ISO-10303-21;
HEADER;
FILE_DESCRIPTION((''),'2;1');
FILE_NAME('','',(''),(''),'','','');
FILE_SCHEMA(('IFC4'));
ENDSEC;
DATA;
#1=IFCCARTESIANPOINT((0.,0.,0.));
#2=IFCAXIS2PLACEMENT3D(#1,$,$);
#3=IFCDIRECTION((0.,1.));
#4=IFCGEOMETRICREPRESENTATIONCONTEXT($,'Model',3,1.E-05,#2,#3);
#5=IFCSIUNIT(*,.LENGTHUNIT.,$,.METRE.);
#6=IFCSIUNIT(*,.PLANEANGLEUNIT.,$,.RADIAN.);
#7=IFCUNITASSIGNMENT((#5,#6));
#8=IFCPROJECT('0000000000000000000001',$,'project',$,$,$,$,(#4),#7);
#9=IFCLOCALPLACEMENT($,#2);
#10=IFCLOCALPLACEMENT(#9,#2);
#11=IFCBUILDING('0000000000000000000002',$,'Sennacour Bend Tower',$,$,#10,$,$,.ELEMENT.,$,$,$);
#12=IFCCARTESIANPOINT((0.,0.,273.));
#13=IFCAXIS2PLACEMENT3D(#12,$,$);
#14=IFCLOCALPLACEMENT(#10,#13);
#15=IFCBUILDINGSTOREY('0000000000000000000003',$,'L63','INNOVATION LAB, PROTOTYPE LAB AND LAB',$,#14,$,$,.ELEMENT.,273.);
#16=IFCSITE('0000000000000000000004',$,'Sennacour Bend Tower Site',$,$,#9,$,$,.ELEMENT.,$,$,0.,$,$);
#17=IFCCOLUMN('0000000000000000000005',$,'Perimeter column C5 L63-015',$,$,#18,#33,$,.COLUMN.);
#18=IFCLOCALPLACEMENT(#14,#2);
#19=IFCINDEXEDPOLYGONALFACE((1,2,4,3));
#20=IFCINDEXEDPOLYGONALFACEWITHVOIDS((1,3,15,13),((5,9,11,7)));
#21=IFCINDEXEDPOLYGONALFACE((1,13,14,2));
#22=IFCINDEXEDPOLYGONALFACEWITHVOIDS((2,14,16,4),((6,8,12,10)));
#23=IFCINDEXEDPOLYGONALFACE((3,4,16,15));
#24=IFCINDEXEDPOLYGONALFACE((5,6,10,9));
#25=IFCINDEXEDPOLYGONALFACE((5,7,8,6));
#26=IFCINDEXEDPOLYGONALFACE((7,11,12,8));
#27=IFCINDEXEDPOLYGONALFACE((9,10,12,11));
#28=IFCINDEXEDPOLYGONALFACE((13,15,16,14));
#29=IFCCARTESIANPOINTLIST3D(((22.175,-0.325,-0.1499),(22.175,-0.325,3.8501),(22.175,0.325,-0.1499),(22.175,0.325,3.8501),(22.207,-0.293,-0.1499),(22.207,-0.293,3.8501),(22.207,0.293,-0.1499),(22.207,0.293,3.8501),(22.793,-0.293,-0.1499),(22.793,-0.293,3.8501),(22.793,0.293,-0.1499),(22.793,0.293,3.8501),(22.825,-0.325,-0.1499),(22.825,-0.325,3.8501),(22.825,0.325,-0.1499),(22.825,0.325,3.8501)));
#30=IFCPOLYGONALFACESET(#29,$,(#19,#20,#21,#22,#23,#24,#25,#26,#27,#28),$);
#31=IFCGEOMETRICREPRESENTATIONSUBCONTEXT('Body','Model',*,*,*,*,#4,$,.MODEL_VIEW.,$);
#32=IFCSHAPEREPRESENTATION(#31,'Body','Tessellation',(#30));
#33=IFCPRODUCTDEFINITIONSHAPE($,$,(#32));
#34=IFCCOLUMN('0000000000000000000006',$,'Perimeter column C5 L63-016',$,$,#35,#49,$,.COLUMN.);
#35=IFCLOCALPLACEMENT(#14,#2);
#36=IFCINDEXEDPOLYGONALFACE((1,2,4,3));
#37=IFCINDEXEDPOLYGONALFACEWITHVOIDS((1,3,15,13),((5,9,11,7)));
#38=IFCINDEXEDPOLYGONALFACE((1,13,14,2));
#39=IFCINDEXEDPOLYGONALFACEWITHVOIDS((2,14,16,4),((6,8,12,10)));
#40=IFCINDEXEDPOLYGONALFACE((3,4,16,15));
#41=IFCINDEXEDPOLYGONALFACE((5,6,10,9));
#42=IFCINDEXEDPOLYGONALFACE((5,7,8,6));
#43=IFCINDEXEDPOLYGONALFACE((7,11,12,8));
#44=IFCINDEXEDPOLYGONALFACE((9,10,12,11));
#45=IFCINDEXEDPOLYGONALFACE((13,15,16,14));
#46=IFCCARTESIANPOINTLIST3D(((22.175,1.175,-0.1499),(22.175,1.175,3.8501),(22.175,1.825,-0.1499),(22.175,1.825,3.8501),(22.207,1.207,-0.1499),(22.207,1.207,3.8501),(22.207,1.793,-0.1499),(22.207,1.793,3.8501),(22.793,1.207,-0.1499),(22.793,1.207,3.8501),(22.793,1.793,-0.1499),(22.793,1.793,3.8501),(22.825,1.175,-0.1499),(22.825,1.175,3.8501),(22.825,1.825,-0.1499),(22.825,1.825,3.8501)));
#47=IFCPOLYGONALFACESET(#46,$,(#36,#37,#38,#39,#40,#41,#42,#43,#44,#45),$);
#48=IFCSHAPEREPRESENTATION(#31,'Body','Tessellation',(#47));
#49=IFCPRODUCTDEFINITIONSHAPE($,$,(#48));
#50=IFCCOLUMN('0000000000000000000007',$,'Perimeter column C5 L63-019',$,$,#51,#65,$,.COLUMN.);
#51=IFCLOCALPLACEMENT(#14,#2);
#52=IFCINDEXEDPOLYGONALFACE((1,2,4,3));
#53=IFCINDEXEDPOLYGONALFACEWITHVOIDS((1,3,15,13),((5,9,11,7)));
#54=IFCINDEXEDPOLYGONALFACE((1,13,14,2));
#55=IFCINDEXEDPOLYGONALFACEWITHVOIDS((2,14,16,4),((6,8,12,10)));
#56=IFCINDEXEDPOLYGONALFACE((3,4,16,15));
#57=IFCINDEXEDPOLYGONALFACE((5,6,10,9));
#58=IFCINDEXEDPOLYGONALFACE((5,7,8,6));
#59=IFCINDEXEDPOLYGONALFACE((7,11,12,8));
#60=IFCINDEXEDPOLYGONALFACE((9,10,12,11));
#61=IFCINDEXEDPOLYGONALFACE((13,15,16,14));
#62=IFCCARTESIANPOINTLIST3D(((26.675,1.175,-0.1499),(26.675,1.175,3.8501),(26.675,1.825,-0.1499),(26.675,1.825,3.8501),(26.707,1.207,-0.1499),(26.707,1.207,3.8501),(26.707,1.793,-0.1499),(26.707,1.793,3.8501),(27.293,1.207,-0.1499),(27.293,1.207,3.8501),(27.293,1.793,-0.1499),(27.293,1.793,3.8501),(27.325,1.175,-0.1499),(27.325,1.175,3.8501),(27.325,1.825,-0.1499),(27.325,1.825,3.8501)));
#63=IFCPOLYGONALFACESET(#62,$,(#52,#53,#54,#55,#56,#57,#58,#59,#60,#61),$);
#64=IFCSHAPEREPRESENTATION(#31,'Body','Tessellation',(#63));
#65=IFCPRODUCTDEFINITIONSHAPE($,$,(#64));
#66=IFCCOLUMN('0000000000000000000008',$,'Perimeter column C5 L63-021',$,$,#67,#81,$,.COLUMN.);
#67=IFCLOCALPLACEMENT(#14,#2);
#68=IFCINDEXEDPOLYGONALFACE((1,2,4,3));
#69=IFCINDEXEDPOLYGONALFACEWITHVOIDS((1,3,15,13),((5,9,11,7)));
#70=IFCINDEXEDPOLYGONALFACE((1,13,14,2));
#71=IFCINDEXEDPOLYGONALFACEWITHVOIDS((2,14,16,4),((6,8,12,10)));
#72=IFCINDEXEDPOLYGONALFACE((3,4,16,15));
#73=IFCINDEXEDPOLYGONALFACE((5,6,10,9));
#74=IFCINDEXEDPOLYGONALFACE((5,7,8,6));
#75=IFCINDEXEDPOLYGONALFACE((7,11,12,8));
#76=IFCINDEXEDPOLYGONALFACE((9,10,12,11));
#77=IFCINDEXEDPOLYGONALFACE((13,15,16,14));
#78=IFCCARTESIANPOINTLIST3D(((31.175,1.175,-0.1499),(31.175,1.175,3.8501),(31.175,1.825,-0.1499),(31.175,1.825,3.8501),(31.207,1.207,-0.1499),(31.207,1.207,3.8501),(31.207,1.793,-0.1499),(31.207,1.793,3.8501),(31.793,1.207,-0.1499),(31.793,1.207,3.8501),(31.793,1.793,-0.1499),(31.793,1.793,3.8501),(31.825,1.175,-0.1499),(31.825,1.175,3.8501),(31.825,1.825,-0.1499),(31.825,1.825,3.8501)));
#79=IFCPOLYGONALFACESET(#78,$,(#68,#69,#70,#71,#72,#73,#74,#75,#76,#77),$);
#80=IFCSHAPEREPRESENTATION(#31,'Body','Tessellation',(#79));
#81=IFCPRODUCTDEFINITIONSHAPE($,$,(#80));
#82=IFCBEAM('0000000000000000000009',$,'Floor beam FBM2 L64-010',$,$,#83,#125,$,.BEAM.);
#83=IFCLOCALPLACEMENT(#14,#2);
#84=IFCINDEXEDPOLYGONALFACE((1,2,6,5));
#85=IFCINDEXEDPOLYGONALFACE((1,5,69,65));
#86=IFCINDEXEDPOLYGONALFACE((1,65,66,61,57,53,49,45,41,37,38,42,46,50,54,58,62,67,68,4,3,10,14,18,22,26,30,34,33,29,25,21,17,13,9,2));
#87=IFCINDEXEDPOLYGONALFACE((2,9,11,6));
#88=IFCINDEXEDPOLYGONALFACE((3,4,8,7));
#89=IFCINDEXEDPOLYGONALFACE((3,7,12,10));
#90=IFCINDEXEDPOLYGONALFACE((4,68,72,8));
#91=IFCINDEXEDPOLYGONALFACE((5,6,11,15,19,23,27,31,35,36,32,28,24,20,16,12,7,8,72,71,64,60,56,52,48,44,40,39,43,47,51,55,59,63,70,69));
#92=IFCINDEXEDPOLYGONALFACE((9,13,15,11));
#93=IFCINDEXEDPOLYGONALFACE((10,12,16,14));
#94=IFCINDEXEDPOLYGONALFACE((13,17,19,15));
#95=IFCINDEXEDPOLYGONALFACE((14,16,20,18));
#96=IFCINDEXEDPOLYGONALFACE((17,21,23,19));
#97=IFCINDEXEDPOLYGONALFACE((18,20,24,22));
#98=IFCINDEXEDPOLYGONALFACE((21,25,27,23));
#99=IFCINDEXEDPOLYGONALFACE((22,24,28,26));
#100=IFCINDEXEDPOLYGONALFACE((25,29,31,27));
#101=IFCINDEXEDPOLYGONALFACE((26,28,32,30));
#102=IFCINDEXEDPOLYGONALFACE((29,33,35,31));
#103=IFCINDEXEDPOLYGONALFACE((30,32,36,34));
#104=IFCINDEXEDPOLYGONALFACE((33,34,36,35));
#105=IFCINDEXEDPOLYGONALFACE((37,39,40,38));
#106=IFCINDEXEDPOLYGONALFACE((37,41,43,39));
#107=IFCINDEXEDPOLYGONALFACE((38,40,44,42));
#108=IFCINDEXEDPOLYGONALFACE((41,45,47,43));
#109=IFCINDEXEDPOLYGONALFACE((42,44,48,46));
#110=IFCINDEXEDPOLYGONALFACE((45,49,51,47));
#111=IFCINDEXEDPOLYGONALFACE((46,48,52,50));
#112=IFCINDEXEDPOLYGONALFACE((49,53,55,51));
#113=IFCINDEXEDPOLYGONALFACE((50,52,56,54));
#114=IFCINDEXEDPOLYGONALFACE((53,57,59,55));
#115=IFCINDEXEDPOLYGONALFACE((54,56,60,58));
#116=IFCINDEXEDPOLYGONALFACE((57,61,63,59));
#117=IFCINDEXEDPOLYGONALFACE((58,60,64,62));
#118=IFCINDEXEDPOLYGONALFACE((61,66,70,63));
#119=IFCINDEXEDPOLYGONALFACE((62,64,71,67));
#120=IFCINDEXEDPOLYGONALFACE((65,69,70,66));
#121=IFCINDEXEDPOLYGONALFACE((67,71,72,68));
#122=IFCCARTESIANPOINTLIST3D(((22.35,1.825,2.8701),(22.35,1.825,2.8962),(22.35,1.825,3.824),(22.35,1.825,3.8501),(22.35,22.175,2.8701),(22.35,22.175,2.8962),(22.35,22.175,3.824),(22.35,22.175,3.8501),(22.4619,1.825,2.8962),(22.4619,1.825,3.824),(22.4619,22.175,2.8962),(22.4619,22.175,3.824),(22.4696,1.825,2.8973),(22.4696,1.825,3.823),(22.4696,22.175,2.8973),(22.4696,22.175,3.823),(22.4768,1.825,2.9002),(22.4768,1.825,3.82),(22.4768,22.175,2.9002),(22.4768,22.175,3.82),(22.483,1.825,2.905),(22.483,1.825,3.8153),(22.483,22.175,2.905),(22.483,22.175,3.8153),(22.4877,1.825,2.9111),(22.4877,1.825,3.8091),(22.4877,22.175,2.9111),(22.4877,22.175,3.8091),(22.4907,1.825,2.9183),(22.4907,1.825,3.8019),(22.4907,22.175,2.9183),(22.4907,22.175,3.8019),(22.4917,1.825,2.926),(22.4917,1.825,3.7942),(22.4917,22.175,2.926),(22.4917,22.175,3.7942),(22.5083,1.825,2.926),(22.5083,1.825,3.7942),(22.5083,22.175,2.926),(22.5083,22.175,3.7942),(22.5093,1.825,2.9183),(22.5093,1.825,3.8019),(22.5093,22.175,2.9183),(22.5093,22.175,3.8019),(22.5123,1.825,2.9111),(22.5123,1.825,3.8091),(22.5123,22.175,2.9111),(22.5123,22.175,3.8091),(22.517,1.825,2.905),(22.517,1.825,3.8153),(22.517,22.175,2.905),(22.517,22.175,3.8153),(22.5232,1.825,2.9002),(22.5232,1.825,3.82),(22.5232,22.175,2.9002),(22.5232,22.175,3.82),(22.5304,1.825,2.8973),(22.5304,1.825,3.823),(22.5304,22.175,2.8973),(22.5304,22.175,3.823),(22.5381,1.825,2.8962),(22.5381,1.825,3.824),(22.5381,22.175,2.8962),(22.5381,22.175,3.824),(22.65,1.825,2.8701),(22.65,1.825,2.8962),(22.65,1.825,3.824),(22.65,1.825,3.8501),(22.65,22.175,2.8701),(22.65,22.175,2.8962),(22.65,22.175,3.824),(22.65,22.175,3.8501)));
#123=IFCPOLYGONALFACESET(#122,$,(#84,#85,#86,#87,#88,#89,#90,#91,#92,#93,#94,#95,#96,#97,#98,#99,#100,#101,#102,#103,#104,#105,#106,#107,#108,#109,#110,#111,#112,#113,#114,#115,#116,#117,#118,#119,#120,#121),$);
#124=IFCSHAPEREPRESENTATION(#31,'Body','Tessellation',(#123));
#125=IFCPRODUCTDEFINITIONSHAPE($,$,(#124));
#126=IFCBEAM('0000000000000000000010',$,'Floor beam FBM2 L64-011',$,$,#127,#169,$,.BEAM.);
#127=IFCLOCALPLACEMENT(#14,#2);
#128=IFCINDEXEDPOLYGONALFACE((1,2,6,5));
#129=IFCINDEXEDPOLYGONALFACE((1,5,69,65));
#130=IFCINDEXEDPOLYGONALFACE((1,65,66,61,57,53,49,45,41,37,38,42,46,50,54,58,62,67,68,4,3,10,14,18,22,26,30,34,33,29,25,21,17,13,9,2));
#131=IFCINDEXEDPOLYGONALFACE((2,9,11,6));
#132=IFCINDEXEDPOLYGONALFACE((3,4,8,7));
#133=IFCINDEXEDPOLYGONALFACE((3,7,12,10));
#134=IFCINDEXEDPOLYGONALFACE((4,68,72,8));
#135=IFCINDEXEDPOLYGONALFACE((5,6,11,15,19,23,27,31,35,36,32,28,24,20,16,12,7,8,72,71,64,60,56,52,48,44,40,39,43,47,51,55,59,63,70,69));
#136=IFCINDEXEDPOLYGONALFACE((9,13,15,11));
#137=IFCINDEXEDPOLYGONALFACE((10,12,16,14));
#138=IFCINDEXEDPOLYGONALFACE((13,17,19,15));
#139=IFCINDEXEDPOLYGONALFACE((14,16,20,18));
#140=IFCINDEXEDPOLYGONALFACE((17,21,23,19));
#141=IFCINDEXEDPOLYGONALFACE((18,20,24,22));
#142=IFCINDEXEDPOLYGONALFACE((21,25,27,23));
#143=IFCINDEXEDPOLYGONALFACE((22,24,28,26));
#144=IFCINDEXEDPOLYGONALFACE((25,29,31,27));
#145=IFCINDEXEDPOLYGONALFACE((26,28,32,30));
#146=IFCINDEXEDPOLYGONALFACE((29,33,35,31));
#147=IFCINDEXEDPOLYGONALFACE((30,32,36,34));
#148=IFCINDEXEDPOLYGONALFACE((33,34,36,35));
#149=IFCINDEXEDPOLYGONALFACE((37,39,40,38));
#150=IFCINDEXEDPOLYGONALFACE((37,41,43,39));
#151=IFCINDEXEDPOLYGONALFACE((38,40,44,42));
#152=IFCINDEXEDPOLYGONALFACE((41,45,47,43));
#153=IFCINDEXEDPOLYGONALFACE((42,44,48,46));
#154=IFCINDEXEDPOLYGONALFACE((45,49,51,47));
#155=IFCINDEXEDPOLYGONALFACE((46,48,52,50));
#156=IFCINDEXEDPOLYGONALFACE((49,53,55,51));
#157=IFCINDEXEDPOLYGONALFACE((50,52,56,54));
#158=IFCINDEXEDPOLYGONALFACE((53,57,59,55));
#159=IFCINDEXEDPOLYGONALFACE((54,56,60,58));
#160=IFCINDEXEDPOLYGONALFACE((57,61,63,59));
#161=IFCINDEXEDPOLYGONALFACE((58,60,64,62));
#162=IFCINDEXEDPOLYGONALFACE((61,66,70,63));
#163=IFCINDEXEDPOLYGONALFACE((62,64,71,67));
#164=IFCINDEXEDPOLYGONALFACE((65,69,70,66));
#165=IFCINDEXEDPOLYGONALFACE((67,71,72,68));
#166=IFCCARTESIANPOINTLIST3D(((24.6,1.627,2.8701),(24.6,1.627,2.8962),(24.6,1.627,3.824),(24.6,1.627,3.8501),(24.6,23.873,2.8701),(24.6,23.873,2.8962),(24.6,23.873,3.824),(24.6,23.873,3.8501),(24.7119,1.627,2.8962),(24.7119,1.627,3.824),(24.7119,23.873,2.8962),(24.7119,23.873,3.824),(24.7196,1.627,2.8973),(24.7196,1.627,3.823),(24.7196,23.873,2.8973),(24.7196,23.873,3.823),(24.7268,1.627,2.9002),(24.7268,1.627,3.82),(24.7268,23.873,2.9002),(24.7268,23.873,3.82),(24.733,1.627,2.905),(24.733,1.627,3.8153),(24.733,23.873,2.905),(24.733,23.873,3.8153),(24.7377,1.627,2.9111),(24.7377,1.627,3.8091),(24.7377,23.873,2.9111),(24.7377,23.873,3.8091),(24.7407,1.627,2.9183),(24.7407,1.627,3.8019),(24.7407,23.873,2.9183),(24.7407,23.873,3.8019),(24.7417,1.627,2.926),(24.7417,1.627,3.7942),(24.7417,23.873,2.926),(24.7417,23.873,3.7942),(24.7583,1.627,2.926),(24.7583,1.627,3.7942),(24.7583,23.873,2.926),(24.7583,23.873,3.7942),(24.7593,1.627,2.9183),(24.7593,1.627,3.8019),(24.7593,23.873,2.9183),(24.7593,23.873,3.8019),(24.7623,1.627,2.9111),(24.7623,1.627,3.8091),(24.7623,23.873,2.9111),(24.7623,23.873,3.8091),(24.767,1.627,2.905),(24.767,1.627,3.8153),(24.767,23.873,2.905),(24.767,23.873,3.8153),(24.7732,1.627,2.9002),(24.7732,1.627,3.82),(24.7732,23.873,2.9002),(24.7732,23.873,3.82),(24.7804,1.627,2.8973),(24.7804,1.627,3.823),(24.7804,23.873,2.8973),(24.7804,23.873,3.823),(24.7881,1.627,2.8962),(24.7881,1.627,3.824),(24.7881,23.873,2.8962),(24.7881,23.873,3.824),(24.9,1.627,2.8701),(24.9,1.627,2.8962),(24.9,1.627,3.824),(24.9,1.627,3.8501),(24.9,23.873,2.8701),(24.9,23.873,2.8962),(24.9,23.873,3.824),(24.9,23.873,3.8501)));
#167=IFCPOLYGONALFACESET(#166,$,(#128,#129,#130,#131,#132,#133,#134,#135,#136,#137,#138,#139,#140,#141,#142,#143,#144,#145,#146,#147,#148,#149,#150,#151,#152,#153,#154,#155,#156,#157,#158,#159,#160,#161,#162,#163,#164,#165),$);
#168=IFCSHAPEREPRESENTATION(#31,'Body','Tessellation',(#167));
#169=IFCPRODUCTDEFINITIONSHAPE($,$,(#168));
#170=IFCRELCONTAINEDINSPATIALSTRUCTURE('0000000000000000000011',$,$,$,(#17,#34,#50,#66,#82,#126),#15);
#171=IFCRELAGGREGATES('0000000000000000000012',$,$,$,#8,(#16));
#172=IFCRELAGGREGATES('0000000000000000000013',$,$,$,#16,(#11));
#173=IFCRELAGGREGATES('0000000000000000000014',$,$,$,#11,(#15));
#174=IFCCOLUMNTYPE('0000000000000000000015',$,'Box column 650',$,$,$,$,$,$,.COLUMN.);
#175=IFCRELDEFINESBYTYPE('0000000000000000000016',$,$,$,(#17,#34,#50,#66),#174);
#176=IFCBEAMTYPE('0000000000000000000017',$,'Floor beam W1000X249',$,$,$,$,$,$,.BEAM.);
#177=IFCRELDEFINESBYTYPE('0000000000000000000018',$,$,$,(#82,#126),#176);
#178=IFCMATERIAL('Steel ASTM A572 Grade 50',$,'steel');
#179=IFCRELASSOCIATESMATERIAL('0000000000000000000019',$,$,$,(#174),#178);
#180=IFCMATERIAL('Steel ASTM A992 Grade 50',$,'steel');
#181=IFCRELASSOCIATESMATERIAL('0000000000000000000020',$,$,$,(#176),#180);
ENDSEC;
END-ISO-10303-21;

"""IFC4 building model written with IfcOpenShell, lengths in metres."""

from ifc_helpers import new_model, si_unit, direction, frame, origin, origin_2d, place, context, subcontext, project, spatial, hollow_rectangle, i_section, extrude, material, material_profile, profile_set, type_object, element, save


model = new_model("IFC4")

# Units and contexts
model_context = context("Model", 3, precision=1e-05, world=origin(), true_north=direction((0.0, 1.0)))
body_context = subcontext(model_context, "Body", "Model", "MODEL_VIEW")
ifc_project = project(units=[si_unit("LENGTHUNIT", "METRE"), si_unit("PLANEANGLEUNIT", "RADIAN")], contexts=[model_context])

# Site, building, storey
site_placement = place(None, origin())
site = spatial("IfcSite", under=ifc_project, at=site_placement, Name="Sennacour Bend Tower Site", CompositionType="ELEMENT", RefElevation=0.0)
building_placement = place(site_placement, origin())
building = spatial("IfcBuilding", under=site, at=building_placement, Name="Sennacour Bend Tower", CompositionType="ELEMENT")
storey_placement = place(building_placement, frame((0.0, 0.0, 273.0)))
storey = spatial("IfcBuildingStorey", under=building, at=storey_placement, Name="L63", Description="INNOVATION LAB, PROTOTYPE LAB AND LAB", CompositionType="ELEMENT", Elevation=273.0)

# Columns
ifc_material_1 = material(Name="Steel ASTM A572 Grade 50", Category="steel")
ifc_material_profile_1 = material_profile(ifc_material_1, hollow_rectangle(XDim=0.6499, YDim=0.6499, WallThickness=0.032, at=origin_2d()), Name="Steel ASTM A572 Grade 50", Category="steel")
ifc_profile_set_1 = profile_set([ifc_material_profile_1], Name="Steel ASTM A572 Grade 50")
column_type = type_object("IfcColumnType", Name="Box column 650", PredefinedType="COLUMN", material=ifc_profile_set_1)
for number, where, z_axis, x_axis, name in (
    (1, (22.5, 0.0, -0.1499), (0.0, 0.0, 1.0), (1.0, 0.0, 0.0), "Perimeter column C5 L63-015"),
    (2, (22.5, 1.5, -0.1499), (0.0, 0.0, 1.0), (1.0, 0.0, 0.0), "Perimeter column C5 L63-016"),
    (3, (27.0, 1.5, -0.1499), (0.0, 0.0, 1.0), (1.0, 0.0, 0.0), "Perimeter column C5 L63-019"),
    (4, (31.5, 1.5, -0.1499), (0.0, 0.0, 1.0), (1.0, 0.0, 0.0), "Perimeter column C5 L63-021"),
):
    element("IfcColumn", number, at=place(storey_placement, frame(where, z_axis=z_axis, x_axis=x_axis)), inside=storey, type_object=column_type, Name=name, PredefinedType="COLUMN", context=body_context, shape_type="SweptSolid", body=[
        extrude(hollow_rectangle(XDim=0.6499, YDim=0.6499, WallThickness=0.032, at=origin_2d()), origin(), (0.0, 0.0, 1.0), 4.0),
    ])

# Beams
ifc_material_2 = material(Name="Steel ASTM A992 Grade 50", Category="steel")
ifc_material_profile_2 = material_profile(ifc_material_2, i_section(OverallWidth=0.3, OverallDepth=0.98, WebThickness=0.0166, FlangeThickness=0.0261, FilletRadius=0.0298, at=origin_2d()), Name="Steel ASTM A992 Grade 50", Category="steel")
ifc_profile_set_2 = profile_set([ifc_material_profile_2], Name="Steel ASTM A992 Grade 50")
beam_type_1 = type_object("IfcBeamType", Name="Floor beam W1000X249", PredefinedType="BEAM", material=ifc_profile_set_2)
beam_1_placement = place(storey_placement, frame((22.5, 1.825, 3.3601), z_axis=(0.0, 1.0, 0.0), x_axis=(-1.0, 0.0, 0.0)))
element("IfcBeam", 5, at=beam_1_placement, inside=storey, type_object=beam_type_1, Name="Floor beam FBM2 L64-010", PredefinedType="BEAM", context=body_context, shape_type="SweptSolid", body=[
    extrude(i_section(OverallWidth=0.3, OverallDepth=0.98, WebThickness=0.0166, FlangeThickness=0.0261, FilletRadius=0.0298, at=origin_2d()), origin(), (0.0, 0.0, 1.0), 20.3501),
])
for number, where, z_axis, x_axis, name in (
    (6, (24.75, 1.627, 3.3601), (0.0, 1.0, 0.0), (-1.0, 0.0, 0.0), "Floor beam FBM2 L64-011"),
):
    element("IfcBeam", number, at=place(storey_placement, frame(where, z_axis=z_axis, x_axis=x_axis)), inside=storey, type_object=beam_type_1, Name=name, PredefinedType="BEAM", context=body_context, shape_type="SweptSolid", body=[
        extrude(i_section(OverallWidth=0.3, OverallDepth=0.98, WebThickness=0.0166, FlangeThickness=0.0261, FilletRadius=0.0298, at=origin_2d()), origin(), (0.0, 0.0, 1.0), 22.2461),
    ])

save(model, "model.ifc")
